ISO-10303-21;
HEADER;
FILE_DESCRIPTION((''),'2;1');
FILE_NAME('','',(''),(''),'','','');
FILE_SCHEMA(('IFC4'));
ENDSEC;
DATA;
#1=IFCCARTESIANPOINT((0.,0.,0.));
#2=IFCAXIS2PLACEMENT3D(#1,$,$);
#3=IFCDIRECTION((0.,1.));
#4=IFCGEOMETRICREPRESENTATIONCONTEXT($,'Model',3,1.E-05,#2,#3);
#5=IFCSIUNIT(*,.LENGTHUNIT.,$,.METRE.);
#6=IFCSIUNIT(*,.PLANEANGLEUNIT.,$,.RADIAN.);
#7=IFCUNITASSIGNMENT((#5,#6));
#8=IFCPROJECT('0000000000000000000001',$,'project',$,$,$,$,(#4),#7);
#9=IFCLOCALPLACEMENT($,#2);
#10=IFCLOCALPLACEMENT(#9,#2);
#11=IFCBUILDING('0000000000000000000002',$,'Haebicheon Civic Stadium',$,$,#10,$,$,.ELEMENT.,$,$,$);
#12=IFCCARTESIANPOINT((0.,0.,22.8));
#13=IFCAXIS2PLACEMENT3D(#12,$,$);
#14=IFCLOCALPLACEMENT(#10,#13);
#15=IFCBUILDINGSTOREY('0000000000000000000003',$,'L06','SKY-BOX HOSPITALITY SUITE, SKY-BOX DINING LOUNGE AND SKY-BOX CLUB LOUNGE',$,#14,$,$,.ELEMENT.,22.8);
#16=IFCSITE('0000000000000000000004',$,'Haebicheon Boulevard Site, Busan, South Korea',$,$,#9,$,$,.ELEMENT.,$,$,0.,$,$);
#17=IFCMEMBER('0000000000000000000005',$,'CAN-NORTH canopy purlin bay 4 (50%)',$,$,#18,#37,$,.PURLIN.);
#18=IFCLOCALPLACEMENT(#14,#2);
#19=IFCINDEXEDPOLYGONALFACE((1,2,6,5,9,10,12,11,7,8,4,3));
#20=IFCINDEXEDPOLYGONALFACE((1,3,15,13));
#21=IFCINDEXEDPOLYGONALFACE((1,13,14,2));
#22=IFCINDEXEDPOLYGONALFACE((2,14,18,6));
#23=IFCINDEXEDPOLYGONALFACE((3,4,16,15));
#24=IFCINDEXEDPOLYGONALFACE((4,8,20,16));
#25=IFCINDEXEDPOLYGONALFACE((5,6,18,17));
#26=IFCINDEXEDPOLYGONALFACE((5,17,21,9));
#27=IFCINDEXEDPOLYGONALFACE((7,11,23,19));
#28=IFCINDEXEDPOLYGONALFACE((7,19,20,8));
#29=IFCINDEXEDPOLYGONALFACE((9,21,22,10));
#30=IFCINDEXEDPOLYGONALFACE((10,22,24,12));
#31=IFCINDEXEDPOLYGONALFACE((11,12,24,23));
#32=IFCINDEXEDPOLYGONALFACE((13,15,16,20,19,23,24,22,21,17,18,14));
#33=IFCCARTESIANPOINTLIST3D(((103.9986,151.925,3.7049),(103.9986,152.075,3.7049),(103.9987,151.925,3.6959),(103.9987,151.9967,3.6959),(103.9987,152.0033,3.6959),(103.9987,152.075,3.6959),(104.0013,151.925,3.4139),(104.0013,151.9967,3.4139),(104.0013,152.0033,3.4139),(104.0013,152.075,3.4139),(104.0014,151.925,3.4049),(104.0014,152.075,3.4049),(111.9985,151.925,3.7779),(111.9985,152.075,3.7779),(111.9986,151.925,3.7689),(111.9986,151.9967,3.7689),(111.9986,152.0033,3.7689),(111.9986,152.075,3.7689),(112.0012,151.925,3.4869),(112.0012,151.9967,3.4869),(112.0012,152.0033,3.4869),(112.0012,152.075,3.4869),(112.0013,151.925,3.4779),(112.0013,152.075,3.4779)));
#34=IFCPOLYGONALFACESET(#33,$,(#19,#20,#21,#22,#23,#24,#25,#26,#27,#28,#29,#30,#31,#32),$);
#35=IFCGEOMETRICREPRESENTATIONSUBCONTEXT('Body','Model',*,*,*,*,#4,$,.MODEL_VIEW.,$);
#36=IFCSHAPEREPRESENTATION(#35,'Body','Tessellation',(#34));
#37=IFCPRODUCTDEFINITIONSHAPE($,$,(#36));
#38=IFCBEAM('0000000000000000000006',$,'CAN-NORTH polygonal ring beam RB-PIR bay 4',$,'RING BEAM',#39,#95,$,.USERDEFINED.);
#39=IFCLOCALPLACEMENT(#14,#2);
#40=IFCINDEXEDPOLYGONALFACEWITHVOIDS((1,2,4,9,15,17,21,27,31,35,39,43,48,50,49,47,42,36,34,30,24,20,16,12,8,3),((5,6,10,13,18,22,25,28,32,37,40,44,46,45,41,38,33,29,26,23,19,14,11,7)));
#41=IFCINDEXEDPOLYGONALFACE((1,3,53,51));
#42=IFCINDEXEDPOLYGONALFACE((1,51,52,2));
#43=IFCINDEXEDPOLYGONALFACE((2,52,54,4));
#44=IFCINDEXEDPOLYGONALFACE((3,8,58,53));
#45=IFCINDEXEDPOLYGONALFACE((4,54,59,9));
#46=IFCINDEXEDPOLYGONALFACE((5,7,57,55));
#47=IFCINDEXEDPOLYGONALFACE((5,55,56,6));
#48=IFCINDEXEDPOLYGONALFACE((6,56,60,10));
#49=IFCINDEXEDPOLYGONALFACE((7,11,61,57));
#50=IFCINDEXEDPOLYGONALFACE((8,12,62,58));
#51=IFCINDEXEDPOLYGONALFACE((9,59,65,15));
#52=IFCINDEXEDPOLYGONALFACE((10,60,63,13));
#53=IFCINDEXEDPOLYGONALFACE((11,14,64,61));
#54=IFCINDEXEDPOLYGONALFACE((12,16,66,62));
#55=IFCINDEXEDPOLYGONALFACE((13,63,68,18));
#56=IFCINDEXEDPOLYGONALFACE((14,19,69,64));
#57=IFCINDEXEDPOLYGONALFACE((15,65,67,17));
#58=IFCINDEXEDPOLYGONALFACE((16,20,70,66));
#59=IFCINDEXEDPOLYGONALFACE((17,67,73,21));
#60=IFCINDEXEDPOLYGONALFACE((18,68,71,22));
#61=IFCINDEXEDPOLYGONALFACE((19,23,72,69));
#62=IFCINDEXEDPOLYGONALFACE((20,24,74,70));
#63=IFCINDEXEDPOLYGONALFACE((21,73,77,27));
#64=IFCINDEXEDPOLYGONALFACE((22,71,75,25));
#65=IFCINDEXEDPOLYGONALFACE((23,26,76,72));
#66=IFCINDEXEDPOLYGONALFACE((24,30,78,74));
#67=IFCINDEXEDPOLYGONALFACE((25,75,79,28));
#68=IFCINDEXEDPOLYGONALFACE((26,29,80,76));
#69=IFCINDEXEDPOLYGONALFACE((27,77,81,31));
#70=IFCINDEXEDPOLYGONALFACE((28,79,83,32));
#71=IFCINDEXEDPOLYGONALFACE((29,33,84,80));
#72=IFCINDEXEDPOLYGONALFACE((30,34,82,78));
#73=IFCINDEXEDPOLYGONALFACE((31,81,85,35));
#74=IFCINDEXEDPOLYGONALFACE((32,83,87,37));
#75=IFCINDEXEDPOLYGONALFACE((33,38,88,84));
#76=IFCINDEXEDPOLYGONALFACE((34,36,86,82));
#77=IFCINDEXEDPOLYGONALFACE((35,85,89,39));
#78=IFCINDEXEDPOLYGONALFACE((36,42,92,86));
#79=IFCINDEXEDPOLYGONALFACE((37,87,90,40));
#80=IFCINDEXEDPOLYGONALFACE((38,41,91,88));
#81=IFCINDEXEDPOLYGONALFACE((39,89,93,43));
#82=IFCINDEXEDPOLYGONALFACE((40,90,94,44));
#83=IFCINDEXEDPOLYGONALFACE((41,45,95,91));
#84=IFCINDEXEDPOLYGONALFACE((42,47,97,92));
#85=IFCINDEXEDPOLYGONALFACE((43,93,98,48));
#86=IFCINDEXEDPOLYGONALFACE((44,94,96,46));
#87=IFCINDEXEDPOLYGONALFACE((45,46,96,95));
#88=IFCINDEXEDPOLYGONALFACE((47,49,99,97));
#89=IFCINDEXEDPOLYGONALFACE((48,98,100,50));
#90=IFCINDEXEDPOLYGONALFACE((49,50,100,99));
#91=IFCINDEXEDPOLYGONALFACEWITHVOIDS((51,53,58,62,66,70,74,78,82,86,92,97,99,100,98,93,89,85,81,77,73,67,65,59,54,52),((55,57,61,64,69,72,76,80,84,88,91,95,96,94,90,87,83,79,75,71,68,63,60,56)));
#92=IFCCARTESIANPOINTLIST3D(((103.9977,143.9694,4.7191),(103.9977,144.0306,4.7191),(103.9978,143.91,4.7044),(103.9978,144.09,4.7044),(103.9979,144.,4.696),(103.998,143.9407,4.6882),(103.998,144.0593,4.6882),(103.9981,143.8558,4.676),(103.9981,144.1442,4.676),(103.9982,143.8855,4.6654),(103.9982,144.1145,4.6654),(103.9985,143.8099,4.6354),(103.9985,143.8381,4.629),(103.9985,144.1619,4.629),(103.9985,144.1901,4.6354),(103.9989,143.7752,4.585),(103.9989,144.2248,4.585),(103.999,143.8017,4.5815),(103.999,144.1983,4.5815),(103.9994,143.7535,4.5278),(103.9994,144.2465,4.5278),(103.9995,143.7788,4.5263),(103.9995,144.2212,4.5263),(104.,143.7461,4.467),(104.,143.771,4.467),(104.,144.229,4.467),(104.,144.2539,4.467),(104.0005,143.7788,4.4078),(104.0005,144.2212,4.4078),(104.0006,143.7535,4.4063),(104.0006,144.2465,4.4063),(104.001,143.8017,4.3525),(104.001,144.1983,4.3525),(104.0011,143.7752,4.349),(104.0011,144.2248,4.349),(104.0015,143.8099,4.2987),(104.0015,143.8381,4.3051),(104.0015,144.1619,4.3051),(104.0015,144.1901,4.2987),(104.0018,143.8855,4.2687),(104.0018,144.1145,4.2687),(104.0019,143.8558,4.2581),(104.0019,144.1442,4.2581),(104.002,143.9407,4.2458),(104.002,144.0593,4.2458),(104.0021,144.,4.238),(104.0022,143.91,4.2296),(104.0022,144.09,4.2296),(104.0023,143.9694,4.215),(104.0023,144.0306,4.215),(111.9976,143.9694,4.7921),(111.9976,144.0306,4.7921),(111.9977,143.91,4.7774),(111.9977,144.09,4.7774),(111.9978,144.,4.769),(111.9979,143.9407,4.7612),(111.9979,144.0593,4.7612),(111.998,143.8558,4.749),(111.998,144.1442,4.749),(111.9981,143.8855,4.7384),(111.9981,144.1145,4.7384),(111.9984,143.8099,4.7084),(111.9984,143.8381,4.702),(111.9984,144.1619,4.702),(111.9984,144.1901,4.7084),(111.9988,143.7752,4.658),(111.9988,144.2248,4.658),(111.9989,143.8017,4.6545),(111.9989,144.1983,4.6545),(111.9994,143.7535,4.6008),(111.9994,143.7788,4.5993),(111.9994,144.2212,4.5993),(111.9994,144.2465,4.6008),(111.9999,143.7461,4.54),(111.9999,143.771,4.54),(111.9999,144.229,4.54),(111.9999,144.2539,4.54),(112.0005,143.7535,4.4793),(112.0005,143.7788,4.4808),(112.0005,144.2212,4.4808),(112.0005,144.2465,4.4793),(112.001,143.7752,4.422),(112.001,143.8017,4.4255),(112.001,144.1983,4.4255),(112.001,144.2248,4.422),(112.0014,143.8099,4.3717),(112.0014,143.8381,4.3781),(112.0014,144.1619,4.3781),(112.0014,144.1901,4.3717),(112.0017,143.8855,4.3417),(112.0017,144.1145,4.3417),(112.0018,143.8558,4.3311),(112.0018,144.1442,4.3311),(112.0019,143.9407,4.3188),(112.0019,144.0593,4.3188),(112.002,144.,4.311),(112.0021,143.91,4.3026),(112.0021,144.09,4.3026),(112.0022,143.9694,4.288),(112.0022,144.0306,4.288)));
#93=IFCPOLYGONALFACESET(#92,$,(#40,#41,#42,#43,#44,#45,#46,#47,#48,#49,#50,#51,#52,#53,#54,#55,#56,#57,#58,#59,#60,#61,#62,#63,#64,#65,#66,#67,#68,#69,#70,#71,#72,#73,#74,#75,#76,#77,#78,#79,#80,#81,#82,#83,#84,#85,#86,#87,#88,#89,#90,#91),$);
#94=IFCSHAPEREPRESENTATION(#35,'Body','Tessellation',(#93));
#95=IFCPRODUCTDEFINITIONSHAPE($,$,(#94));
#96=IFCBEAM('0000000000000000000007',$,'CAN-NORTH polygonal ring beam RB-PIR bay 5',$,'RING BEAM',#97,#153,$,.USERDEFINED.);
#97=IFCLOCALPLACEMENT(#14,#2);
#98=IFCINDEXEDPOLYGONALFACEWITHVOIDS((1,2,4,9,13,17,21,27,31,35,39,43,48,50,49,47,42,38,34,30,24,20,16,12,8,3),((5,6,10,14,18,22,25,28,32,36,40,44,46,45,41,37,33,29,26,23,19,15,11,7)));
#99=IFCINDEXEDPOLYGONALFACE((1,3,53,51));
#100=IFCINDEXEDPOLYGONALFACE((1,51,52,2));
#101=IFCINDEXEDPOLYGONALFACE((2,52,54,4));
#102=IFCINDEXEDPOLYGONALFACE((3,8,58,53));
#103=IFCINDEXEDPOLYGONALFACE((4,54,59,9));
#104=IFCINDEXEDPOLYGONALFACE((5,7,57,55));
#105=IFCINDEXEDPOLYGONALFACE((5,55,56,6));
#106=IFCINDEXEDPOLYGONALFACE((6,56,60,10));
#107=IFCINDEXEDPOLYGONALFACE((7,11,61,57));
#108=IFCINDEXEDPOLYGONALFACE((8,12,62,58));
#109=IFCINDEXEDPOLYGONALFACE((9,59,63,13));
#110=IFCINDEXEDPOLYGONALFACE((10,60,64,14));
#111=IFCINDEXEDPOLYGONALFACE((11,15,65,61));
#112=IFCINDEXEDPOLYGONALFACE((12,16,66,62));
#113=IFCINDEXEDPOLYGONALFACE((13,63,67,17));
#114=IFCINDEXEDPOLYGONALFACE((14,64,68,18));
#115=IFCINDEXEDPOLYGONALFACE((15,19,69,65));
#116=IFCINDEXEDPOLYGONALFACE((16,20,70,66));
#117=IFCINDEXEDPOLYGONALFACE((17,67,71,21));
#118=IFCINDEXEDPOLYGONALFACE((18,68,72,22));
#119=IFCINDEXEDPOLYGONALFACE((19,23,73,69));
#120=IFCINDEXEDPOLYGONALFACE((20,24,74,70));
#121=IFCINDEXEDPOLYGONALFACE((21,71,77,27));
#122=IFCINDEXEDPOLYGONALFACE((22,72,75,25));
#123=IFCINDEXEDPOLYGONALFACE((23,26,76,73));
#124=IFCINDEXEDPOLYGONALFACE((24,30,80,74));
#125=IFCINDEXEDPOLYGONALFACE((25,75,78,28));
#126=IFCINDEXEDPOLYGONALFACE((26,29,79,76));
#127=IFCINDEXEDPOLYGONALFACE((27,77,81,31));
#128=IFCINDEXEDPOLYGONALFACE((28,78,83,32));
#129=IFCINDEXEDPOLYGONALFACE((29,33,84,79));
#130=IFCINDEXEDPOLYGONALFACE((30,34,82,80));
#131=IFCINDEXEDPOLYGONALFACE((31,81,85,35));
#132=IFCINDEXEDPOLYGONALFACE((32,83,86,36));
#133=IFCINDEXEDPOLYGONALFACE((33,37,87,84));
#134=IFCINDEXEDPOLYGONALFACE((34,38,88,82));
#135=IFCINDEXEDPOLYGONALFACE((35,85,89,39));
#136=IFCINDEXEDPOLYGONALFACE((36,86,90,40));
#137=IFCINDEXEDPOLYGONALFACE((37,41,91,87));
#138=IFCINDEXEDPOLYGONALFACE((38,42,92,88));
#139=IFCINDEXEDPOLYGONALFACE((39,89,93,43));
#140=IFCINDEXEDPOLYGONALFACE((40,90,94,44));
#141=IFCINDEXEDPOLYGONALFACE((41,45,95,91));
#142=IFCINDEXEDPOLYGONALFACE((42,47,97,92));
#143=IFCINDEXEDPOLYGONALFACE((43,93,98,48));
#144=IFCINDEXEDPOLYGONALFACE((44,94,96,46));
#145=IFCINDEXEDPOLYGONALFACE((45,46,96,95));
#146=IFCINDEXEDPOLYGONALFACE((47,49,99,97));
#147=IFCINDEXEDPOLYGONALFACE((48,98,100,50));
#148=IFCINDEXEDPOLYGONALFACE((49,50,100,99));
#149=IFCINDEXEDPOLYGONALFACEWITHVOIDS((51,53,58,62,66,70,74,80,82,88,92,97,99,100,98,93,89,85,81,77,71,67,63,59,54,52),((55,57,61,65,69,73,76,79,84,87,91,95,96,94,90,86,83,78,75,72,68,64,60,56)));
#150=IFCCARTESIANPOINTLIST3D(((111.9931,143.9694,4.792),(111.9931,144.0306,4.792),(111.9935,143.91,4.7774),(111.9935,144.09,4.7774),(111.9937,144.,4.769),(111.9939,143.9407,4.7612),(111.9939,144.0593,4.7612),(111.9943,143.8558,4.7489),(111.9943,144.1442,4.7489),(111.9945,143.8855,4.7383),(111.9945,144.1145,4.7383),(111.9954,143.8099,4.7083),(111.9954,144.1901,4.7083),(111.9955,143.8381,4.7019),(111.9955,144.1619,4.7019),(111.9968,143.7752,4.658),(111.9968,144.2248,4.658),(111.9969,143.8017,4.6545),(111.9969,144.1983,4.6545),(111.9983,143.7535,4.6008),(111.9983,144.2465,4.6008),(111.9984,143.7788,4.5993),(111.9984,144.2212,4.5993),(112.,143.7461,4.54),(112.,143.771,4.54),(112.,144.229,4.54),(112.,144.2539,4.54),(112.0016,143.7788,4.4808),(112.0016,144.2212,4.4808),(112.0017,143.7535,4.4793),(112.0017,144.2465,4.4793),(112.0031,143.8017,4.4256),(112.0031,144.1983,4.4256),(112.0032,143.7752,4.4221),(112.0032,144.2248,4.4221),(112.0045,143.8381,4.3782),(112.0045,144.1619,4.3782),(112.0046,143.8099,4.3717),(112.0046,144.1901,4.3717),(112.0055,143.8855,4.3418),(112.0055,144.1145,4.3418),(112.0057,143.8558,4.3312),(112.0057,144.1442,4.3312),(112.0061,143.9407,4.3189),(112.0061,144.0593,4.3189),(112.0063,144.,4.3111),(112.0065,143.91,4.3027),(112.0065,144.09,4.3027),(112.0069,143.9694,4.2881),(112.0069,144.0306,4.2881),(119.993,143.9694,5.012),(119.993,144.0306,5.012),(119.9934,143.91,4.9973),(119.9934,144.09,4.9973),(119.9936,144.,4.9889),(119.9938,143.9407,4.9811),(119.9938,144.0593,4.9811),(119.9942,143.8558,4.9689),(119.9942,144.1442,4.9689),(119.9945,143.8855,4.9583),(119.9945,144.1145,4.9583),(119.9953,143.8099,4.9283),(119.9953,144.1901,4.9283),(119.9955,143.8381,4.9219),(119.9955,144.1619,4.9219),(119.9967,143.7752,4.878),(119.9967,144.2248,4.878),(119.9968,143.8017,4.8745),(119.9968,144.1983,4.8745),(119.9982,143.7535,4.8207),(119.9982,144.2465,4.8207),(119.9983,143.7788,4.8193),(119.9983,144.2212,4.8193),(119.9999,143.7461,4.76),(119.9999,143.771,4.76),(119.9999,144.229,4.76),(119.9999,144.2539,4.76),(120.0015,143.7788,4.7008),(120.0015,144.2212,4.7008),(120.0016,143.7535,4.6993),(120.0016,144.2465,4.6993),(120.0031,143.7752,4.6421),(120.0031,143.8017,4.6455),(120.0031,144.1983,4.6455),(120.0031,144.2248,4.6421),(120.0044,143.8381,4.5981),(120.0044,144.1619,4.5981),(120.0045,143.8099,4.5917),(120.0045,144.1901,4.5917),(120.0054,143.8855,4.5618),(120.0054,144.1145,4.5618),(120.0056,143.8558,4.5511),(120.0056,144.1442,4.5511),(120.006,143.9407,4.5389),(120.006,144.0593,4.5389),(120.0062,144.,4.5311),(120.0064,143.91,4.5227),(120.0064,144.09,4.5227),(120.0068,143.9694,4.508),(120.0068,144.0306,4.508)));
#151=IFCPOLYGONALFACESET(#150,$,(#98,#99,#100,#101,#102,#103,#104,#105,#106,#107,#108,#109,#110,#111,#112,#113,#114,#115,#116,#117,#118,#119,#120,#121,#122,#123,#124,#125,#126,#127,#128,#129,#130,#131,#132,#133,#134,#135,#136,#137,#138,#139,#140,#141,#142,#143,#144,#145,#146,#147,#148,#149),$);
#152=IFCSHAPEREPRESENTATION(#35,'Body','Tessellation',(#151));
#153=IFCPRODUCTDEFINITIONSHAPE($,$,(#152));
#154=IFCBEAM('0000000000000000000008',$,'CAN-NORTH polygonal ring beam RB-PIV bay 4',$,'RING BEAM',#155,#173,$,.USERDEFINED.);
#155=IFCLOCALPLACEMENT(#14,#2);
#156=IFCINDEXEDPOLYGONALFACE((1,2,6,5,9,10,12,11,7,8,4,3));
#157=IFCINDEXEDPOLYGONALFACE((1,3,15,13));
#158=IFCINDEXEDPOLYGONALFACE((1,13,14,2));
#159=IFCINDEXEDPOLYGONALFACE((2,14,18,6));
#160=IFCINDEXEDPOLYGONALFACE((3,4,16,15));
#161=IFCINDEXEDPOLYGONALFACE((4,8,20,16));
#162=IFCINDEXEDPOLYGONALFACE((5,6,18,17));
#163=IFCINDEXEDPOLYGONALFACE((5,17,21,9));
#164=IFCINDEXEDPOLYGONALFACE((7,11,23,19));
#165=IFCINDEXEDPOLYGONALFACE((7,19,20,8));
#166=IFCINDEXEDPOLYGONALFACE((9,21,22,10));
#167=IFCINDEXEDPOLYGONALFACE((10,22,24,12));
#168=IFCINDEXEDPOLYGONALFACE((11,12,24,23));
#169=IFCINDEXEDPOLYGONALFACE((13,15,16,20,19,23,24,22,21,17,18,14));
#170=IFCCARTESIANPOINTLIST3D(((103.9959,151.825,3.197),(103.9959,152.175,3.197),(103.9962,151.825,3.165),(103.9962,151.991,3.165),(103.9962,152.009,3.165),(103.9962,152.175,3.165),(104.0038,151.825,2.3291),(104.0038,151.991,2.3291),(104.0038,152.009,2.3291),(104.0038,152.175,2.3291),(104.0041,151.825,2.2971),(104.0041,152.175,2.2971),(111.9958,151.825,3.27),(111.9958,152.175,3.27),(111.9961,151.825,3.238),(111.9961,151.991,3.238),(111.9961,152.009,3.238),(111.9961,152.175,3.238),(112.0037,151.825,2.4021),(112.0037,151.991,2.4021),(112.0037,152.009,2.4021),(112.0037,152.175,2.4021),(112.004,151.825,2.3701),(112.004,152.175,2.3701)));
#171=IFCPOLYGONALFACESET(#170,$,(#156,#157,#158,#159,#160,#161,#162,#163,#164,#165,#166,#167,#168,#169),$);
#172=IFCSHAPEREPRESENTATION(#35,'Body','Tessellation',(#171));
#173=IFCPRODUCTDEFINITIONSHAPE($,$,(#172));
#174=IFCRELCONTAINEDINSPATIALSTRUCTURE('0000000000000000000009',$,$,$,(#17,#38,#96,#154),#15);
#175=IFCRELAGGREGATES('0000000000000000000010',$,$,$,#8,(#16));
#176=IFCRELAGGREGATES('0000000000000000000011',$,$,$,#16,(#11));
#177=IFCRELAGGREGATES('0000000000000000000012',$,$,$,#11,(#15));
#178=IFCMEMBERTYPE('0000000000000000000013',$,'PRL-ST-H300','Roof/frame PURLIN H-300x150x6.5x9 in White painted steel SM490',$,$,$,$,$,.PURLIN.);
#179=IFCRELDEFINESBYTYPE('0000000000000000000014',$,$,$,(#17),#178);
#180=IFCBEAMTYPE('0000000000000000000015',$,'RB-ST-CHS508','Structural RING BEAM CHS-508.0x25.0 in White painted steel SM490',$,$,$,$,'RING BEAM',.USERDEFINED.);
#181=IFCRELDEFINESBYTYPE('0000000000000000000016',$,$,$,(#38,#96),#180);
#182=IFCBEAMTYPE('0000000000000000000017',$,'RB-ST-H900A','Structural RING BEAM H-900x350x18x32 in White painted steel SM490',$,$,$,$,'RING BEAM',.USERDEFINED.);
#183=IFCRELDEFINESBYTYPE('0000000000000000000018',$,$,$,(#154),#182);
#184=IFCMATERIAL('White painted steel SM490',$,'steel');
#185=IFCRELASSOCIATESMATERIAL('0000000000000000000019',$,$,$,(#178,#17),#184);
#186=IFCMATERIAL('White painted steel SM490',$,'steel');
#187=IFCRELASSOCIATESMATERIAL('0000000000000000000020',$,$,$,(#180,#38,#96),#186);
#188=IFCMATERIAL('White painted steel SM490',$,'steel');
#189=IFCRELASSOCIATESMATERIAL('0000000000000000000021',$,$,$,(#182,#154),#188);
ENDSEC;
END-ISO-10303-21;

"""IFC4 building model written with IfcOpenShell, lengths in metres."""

from ifc_helpers import new_model, si_unit, direction, frame, origin, origin_2d, place, context, subcontext, project, spatial, hollow_circle, i_section, extrude, material, material_profile, profile_set, type_object, element, save


model = new_model("IFC4")

# Units and contexts
model_context = context("Model", 3, precision=1e-05, world=origin(), true_north=direction((0.0, 1.0)))
body_context = subcontext(model_context, "Body", "Model", "MODEL_VIEW")
ifc_project = project(units=[si_unit("LENGTHUNIT", "METRE"), si_unit("PLANEANGLEUNIT", "RADIAN")], contexts=[model_context])

# Site, building, storey
site_placement = place(None, origin())
site = spatial("IfcSite", under=ifc_project, at=site_placement, Name="Haebicheon Boulevard Site, Busan, South Korea", CompositionType="ELEMENT", RefElevation=0.0)
building_placement = place(site_placement, origin())
building = spatial("IfcBuilding", under=site, at=building_placement, Name="Haebicheon Civic Stadium", CompositionType="ELEMENT")
storey_placement = place(building_placement, frame((0.0, 0.0, 22.8)))
storey = spatial("IfcBuildingStorey", under=building, at=storey_placement, Name="L06", Description="SKY-BOX HOSPITALITY SUITE, SKY-BOX DINING LOUNGE AND SKY-BOX CLUB LOUNGE", CompositionType="ELEMENT", Elevation=22.8)

# Member
ifc_material_1 = material(Name="White painted steel SM490", Category="steel")
ifc_material_profile_1 = material_profile(ifc_material_1, i_section(OverallWidth=0.1499, OverallDepth=0.3, WebThickness=0.0066, FlangeThickness=0.009, at=origin_2d()), Name="H-300x150x6.5x9")
ifc_profile_set_1 = profile_set([ifc_material_profile_1], Name="White painted steel SM490")
member_type_1 = type_object("IfcMemberType", Name="PRL-ST-H300", Description="Roof/frame PURLIN H-300x150x6.5x9 in White painted steel SM490", PredefinedType="PURLIN", material=ifc_profile_set_1)
member_1_placement = place(storey_placement, frame((104.0, 152.0, 3.5549), z_axis=(0.999958, 0.0, 0.009124), x_axis=(0.0, 1.0, 0.0)))
element("IfcMember", 1, at=member_1_placement, inside=storey, type_object=member_type_1, material=ifc_profile_set_1, Name="CAN-NORTH canopy purlin bay 4 (50%)", PredefinedType="PURLIN", context=body_context, shape_type="SweptSolid", body=[
    extrude(i_section(OverallWidth=0.1499, OverallDepth=0.3, WebThickness=0.0066, FlangeThickness=0.009, at=origin_2d()), origin(), (0.0, 0.0, 1.0), 8.0002),
])

# Beams
ifc_material_2 = material(Name="White painted steel SM490", Category="steel")
ifc_material_profile_2 = material_profile(ifc_material_2, hollow_circle(Radius=0.2539, WallThickness=0.0249, at=origin_2d()), Name="CHS-508.0x25.0")
ifc_profile_set_2 = profile_set([ifc_material_profile_2], Name="White painted steel SM490")
beam_type_1 = type_object("IfcBeamType", Name="RB-ST-CHS508", Description="Structural RING BEAM CHS-508.0x25.0 in White painted steel SM490", ElementType="RING BEAM", PredefinedType="USERDEFINED", material=ifc_profile_set_2)
beam_1_placement = place(storey_placement, frame((104.0, 144.0, 4.467), z_axis=(0.999958, 0.0, 0.009124), x_axis=(0.0, 1.0, 0.0)))
element("IfcBeam", 2, at=beam_1_placement, inside=storey, type_object=beam_type_1, material=ifc_profile_set_2, Name="CAN-NORTH polygonal ring beam RB-PIR bay 4", ObjectType="RING BEAM", PredefinedType="USERDEFINED", context=body_context, shape_type="SweptSolid", body=[
    extrude(hollow_circle(Radius=0.2539, WallThickness=0.0249, at=origin_2d()), origin(), (0.0, 0.0, 1.0), 8.0002),
])
beam_2_placement = place(storey_placement, frame((112.0, 144.0, 4.54), z_axis=(0.999622, 0.0, 0.027486), x_axis=(0.0, 1.0, 0.0)))
element("IfcBeam", 3, at=beam_2_placement, inside=storey, type_object=beam_type_1, material=ifc_profile_set_2, Name="CAN-NORTH polygonal ring beam RB-PIR bay 5", ObjectType="RING BEAM", PredefinedType="USERDEFINED", context=body_context, shape_type="SweptSolid", body=[
    extrude(hollow_circle(Radius=0.2539, WallThickness=0.0249, at=origin_2d()), origin(), (0.0, 0.0, 1.0), 8.0029),
])
ifc_material_3 = material(Name="White painted steel SM490", Category="steel")
ifc_material_profile_3 = material_profile(ifc_material_3, i_section(OverallWidth=0.3501, OverallDepth=0.8999, WebThickness=0.0181, FlangeThickness=0.032, at=origin_2d()), Name="H-900x350x18x32")
ifc_profile_set_3 = profile_set([ifc_material_profile_3], Name="White painted steel SM490")
beam_type_2 = type_object("IfcBeamType", Name="RB-ST-H900A", Description="Structural RING BEAM H-900x350x18x32 in White painted steel SM490", ElementType="RING BEAM", PredefinedType="USERDEFINED", material=ifc_profile_set_3)
beam_3_placement = place(storey_placement, frame((104.0, 152.0, 2.7471), z_axis=(0.999958, 0.0, 0.009124), x_axis=(0.0, 1.0, 0.0)))
element("IfcBeam", 4, at=beam_3_placement, inside=storey, type_object=beam_type_2, material=ifc_profile_set_3, Name="CAN-NORTH polygonal ring beam RB-PIV bay 4", ObjectType="RING BEAM", PredefinedType="USERDEFINED", context=body_context, shape_type="SweptSolid", body=[
    extrude(i_section(OverallWidth=0.3501, OverallDepth=0.8999, WebThickness=0.0181, FlangeThickness=0.032, at=origin_2d()), origin(), (0.0, 0.0, 1.0), 8.0002),
])

save(model, "model.ifc")
